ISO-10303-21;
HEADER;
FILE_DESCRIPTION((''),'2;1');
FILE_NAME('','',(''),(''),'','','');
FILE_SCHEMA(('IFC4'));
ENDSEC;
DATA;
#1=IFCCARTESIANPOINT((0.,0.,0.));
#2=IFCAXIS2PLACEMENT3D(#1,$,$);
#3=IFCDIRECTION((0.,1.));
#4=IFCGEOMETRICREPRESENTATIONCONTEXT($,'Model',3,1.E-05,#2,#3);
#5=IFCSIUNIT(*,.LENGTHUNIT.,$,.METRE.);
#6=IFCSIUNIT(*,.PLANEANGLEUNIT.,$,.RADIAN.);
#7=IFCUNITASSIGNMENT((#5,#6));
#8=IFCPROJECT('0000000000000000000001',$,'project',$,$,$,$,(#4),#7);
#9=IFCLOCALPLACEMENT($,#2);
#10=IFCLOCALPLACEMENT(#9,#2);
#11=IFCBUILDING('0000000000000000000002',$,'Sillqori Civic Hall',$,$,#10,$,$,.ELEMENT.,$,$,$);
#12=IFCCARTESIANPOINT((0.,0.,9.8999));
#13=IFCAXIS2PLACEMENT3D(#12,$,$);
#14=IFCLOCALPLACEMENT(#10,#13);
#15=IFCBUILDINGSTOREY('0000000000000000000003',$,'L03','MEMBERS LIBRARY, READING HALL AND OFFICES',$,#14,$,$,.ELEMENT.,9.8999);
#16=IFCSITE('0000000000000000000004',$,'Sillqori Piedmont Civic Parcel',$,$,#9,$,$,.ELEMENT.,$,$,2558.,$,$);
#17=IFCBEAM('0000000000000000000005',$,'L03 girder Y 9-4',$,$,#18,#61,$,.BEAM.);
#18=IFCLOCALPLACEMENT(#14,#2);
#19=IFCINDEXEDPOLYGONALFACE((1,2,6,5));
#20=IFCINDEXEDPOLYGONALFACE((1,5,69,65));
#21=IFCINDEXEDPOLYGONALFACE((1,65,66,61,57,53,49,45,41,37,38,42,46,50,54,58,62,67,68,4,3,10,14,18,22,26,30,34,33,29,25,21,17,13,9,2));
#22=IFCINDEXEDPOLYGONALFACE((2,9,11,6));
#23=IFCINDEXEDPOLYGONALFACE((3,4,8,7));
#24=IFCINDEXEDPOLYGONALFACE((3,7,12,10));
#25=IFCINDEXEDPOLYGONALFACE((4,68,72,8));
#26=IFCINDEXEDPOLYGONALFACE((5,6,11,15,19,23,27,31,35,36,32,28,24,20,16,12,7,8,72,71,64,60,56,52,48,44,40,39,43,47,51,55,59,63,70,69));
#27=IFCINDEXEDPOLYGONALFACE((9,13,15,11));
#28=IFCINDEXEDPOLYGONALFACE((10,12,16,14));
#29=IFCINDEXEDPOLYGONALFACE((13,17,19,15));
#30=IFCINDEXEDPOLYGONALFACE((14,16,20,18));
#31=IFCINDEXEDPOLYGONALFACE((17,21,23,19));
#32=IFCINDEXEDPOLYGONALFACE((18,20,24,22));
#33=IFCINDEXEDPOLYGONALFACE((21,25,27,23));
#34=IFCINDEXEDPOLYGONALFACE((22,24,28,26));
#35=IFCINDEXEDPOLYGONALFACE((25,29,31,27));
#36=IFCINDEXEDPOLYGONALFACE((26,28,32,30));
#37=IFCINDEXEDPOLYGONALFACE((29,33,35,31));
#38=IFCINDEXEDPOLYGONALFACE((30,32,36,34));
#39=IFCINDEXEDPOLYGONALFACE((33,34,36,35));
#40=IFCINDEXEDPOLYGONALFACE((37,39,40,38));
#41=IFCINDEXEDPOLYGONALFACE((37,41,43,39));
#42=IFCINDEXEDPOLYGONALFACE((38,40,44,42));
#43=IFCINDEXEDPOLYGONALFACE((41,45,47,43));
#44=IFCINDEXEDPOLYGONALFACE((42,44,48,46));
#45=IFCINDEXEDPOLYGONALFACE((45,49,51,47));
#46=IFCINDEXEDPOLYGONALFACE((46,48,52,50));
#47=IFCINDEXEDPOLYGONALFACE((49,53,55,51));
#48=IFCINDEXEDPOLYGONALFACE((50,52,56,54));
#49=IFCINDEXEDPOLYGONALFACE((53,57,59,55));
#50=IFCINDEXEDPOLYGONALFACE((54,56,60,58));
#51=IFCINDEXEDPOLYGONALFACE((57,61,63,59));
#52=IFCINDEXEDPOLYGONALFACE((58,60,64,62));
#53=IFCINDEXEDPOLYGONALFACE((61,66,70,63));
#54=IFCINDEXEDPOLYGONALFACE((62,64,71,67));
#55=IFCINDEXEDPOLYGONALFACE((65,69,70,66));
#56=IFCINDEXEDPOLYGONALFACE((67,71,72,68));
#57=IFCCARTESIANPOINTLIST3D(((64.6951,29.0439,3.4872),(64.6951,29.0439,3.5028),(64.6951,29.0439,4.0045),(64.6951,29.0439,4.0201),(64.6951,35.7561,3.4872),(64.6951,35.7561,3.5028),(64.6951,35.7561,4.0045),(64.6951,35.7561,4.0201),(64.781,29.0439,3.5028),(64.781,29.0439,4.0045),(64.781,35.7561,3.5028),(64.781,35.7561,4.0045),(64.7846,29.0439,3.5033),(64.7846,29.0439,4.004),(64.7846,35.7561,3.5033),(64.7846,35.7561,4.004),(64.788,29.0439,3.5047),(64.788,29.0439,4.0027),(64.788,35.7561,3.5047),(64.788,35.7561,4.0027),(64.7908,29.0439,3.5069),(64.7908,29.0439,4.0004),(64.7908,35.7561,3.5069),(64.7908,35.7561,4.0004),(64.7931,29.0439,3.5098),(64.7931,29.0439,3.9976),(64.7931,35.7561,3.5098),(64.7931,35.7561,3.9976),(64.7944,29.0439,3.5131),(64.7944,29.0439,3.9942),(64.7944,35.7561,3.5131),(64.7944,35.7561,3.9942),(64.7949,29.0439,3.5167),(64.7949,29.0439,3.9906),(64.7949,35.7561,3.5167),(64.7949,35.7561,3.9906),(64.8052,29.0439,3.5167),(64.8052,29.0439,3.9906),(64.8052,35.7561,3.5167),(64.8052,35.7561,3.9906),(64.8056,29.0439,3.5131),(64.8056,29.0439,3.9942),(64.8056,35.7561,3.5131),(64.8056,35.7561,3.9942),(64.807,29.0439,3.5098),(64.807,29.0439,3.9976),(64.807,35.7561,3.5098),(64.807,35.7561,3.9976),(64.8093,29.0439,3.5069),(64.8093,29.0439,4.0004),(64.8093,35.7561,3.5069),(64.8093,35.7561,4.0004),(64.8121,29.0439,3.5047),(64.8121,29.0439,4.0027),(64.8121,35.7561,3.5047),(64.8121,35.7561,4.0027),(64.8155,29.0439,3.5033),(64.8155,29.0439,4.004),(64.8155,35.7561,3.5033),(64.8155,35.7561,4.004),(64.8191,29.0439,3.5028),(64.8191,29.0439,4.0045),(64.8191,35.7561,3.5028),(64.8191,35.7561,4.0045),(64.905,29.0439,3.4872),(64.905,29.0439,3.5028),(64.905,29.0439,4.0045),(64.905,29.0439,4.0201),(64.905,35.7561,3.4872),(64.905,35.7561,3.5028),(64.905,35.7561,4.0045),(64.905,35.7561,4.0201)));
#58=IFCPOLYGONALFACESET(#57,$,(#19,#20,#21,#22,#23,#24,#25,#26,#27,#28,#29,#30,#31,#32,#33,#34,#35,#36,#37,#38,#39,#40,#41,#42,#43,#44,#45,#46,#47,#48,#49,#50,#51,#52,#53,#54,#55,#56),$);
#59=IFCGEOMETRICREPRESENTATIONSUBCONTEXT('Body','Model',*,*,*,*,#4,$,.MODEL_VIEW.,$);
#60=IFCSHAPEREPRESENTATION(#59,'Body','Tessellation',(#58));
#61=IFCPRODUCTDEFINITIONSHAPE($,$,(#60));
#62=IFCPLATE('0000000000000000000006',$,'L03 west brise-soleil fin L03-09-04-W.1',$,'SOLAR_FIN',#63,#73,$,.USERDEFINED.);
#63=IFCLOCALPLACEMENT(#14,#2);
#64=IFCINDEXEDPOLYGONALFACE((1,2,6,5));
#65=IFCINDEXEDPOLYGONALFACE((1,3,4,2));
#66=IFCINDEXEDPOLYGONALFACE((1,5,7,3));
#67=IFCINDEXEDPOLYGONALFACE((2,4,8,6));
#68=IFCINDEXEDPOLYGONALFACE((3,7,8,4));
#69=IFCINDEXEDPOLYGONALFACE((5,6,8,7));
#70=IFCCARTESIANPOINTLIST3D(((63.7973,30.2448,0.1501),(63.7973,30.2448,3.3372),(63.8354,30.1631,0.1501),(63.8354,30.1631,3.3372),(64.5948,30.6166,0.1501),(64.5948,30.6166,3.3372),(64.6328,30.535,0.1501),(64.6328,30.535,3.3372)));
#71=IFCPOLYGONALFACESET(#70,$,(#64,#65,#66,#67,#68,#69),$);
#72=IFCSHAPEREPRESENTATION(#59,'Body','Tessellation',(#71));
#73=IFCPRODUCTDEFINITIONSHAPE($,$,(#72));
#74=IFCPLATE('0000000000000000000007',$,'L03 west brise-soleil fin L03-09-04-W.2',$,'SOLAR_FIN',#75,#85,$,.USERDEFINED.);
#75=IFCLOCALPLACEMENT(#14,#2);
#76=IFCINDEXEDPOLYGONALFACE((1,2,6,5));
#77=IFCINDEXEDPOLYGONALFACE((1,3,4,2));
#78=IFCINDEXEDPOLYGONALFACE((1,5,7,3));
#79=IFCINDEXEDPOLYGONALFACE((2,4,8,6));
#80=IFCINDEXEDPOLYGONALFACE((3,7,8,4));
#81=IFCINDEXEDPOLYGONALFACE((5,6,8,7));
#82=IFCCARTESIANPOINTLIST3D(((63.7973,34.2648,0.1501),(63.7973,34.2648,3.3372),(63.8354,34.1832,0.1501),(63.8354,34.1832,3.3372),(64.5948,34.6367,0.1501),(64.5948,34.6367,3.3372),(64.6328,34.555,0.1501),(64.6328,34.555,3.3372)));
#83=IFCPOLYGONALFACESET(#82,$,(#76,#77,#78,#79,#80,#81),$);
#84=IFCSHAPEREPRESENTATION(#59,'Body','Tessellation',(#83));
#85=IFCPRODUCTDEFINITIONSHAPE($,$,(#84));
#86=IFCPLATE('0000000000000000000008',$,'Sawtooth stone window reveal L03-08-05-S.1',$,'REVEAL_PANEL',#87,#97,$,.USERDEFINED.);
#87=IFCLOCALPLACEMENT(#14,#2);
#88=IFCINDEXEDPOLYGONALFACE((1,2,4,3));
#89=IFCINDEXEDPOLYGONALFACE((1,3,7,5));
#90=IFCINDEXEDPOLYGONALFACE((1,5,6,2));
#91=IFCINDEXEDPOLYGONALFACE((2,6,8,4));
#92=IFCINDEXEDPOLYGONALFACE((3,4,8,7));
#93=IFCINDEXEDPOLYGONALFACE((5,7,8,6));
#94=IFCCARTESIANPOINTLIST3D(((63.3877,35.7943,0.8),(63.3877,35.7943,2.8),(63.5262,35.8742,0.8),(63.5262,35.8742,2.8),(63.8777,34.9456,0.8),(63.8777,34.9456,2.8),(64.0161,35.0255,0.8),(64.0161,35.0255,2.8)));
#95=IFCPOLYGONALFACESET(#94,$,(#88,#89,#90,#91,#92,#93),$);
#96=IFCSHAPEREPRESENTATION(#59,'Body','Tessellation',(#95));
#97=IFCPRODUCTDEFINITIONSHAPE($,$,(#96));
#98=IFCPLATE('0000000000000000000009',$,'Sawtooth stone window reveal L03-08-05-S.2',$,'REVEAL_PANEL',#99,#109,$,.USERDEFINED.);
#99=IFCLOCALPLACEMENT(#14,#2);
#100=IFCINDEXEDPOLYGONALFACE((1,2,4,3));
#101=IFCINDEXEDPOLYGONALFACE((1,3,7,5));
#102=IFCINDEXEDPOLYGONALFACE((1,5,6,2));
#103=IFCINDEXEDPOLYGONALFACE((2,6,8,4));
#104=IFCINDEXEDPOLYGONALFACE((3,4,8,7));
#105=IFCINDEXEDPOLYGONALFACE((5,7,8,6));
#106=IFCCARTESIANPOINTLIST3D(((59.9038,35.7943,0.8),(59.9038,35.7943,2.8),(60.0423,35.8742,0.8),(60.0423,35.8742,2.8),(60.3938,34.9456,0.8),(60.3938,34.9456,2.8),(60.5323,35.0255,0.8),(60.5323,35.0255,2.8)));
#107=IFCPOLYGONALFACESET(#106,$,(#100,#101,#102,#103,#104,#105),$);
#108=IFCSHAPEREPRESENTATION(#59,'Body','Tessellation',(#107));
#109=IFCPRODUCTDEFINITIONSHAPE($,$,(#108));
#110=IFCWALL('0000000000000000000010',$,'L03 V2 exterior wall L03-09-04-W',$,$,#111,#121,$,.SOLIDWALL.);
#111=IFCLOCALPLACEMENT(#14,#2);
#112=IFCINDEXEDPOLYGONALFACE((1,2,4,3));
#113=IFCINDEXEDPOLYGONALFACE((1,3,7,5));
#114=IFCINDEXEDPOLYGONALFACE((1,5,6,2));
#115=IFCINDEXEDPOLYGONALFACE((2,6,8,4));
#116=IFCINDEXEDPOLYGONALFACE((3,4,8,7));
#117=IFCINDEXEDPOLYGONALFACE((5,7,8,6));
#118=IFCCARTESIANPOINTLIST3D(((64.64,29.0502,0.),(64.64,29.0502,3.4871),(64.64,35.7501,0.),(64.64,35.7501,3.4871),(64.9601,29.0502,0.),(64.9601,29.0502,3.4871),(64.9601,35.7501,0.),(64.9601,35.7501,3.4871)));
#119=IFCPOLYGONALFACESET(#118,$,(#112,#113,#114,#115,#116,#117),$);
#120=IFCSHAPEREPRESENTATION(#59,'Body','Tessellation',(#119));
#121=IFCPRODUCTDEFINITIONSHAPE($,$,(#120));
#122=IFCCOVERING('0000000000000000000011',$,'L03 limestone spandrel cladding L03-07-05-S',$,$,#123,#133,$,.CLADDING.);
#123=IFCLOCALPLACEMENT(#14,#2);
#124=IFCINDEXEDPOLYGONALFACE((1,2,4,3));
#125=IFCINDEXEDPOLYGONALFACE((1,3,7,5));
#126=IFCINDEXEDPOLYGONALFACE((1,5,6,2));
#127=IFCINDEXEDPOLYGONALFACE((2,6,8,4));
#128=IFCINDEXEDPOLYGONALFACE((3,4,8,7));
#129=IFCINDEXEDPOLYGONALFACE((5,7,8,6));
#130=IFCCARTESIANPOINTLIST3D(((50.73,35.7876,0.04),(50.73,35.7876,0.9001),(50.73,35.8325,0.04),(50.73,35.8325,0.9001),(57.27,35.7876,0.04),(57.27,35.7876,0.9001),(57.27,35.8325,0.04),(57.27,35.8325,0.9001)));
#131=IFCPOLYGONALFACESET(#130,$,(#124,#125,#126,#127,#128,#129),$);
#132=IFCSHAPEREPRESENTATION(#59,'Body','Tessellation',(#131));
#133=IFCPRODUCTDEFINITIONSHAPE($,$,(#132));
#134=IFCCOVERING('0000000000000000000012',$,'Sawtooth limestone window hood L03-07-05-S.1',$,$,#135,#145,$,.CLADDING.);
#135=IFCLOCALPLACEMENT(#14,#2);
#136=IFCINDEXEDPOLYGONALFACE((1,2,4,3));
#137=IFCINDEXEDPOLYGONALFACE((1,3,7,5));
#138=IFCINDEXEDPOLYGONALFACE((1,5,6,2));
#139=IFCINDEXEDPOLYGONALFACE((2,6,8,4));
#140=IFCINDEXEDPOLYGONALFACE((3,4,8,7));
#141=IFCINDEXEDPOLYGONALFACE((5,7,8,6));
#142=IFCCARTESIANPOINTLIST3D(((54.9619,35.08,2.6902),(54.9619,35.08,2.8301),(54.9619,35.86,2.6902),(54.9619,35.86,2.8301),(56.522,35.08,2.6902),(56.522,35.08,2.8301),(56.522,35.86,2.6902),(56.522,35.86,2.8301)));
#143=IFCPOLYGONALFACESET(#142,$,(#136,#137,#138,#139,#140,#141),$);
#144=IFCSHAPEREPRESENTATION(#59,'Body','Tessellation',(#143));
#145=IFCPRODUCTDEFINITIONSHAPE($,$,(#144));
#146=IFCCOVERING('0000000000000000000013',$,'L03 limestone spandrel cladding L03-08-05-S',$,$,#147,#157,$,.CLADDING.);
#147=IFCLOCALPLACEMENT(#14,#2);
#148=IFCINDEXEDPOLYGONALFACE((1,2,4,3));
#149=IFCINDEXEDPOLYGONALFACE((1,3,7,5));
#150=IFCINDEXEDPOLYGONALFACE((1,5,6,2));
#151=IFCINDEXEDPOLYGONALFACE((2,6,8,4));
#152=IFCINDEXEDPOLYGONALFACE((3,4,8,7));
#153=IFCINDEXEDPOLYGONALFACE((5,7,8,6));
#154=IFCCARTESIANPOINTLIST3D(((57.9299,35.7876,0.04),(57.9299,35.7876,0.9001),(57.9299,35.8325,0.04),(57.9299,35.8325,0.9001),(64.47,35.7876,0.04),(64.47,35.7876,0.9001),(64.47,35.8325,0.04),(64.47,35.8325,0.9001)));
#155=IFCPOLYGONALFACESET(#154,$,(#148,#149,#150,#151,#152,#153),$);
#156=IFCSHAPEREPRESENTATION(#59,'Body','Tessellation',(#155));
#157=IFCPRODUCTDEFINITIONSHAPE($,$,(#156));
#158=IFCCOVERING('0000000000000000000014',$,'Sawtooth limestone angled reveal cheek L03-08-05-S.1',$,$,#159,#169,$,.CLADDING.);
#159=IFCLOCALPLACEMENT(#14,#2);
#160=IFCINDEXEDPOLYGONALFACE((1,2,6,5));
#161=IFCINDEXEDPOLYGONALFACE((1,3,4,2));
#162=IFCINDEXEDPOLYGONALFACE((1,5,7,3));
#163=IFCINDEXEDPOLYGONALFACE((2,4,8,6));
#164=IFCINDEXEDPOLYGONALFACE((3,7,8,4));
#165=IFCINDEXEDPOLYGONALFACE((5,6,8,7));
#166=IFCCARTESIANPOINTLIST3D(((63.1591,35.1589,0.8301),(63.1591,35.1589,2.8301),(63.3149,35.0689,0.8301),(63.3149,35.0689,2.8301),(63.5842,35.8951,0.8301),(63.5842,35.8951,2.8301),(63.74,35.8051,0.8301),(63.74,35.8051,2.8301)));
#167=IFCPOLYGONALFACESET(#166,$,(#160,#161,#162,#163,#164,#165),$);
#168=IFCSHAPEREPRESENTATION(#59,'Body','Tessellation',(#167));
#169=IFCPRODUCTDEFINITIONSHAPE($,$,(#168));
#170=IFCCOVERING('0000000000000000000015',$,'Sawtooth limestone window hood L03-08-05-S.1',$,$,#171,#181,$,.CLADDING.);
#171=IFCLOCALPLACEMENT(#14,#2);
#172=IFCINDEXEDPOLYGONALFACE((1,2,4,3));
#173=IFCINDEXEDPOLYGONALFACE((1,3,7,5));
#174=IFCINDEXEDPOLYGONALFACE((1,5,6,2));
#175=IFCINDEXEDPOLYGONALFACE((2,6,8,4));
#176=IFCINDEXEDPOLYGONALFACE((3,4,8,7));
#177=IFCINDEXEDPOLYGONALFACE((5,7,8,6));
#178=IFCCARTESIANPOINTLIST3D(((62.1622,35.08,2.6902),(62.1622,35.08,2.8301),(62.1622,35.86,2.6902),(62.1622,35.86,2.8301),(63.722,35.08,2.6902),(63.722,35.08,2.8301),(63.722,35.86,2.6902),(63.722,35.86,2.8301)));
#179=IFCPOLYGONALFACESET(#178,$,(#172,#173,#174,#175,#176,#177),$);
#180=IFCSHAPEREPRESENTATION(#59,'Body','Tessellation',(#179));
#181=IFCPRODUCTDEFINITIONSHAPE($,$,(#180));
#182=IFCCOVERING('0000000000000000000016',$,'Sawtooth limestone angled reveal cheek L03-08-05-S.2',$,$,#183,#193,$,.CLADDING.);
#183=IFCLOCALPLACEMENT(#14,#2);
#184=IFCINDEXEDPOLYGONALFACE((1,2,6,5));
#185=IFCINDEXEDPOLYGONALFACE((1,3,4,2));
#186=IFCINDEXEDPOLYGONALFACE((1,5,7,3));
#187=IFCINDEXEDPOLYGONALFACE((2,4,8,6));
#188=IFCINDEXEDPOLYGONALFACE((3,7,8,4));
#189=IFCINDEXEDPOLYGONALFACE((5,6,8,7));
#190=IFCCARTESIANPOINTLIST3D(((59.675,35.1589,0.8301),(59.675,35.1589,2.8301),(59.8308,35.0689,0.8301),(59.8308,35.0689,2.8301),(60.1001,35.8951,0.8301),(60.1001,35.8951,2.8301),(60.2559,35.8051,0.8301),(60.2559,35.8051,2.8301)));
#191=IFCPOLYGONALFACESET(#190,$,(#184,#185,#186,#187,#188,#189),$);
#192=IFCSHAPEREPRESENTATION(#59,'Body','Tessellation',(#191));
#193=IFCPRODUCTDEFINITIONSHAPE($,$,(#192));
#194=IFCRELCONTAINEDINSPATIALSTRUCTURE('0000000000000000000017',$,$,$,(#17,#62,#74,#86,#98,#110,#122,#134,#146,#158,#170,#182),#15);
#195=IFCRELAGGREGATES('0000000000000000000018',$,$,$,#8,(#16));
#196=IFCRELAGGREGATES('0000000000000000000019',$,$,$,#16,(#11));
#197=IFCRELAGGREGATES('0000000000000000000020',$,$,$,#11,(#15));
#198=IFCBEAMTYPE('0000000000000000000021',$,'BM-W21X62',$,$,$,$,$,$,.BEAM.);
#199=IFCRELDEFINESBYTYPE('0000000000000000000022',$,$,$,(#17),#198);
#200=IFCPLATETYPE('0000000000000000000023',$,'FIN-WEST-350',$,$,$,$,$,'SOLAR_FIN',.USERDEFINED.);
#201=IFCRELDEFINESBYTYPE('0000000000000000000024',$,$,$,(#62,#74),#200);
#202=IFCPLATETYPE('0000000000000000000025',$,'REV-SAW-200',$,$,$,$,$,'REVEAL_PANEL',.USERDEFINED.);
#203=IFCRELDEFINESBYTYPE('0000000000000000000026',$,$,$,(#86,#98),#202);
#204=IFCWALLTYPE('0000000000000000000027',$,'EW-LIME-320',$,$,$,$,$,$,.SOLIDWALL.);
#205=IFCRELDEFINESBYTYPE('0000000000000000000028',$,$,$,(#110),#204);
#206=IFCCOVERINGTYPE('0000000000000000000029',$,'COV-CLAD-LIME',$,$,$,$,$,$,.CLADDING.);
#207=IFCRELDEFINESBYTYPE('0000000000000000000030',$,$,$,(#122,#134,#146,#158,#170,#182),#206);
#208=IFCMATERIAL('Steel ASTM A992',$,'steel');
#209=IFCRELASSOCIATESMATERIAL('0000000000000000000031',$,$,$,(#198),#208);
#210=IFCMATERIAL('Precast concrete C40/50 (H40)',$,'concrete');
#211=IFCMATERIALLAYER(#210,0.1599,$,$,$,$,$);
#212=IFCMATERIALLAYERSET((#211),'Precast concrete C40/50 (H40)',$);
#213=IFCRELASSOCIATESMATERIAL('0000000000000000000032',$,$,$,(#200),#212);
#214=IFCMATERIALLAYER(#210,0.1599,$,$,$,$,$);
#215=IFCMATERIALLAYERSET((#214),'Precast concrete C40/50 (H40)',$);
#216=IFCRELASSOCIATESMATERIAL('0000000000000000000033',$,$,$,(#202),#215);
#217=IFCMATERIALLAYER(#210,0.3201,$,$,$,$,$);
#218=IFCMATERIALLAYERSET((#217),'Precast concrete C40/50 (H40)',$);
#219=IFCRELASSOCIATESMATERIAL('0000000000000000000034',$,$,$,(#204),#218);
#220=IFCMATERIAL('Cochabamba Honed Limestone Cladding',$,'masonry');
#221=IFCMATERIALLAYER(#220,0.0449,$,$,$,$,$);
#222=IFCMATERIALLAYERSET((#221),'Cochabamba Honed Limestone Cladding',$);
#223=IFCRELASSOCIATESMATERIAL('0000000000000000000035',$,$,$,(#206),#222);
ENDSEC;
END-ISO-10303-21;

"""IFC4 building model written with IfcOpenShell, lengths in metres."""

from ifc_helpers import new_model, si_unit, direction, frame, frame_2d, origin, origin_2d, place, context, subcontext, project, spatial, rectangle, i_section, extrude, material, layer, layer_set, material_profile, profile_set, type_object, element, save


model = new_model("IFC4")

# Units and contexts
model_context = context("Model", 3, precision=1e-05, world=origin(), true_north=direction((0.0, 1.0)))
body_context = subcontext(model_context, "Body", "Model", "MODEL_VIEW")
ifc_project = project(units=[si_unit("LENGTHUNIT", "METRE"), si_unit("PLANEANGLEUNIT", "RADIAN")], contexts=[model_context])

# Site, building, storey
site_placement = place(None, origin())
site = spatial("IfcSite", under=ifc_project, at=site_placement, Name="Sillqori Piedmont Civic Parcel", CompositionType="ELEMENT", RefElevation=2558.0)
building_placement = place(site_placement, origin())
building = spatial("IfcBuilding", under=site, at=building_placement, Name="Sillqori Civic Hall", CompositionType="ELEMENT")
storey_placement = place(building_placement, frame((0.0, 0.0, 9.8999)))
storey = spatial("IfcBuildingStorey", under=building, at=storey_placement, Name="L03", Description="MEMBERS LIBRARY, READING HALL AND OFFICES", CompositionType="ELEMENT", Elevation=9.8999)

# Beam
ifc_material_1 = material(Name="Steel ASTM A992", Category="steel")
ifc_material_profile = material_profile(ifc_material_1, i_section(OverallWidth=0.21, OverallDepth=0.533, WebThickness=0.0103, FlangeThickness=0.0156, FilletRadius=0.0139, at=origin_2d()), Name="W21X62")
ifc_profile_set = profile_set([ifc_material_profile], Name="Steel ASTM A992")
beam_type = type_object("IfcBeamType", Name="BM-W21X62", PredefinedType="BEAM", material=ifc_profile_set)
beam_placement = place(storey_placement, frame((64.8, 29.0439, 3.7537), z_axis=(0.0, 1.0, 0.0), x_axis=(-1.0, 0.0, 0.0)))
element("IfcBeam", 1, at=beam_placement, inside=storey, type_object=beam_type, Name="L03 girder Y 9-4", PredefinedType="BEAM", context=body_context, shape_type="SweptSolid", body=[
    extrude(i_section(OverallWidth=0.21, OverallDepth=0.533, WebThickness=0.0103, FlangeThickness=0.0156, FilletRadius=0.0139, at=origin_2d()), origin(), (0.0, 0.0, 1.0), 6.7122),
])

# Plates
ifc_material_2 = material(Name="Precast concrete C40/50 (H40)", Category="concrete")
ifc_layer_1 = layer(ifc_material_2, 0.1599)
ifc_layer_set_1 = layer_set([ifc_layer_1], Name="Precast concrete C40/50 (H40)")
plate_type_1 = type_object("IfcPlateType", Name="FIN-WEST-350", ElementType="SOLAR_FIN", PredefinedType="USERDEFINED", material=ifc_layer_set_1)
for number, where, z_axis, x_axis, name in (
    (2, (64.2151, 30.3899, 0.1501), (0.0, 0.0, 1.0), (-0.422618, 0.906308, 0.0), "L03 west brise-soleil fin L03-09-04-W.1"),
    (3, (64.2151, 34.4099, 0.1501), (0.0, 0.0, 1.0), (-0.422618, 0.906308, 0.0), "L03 west brise-soleil fin L03-09-04-W.2"),
):
    element("IfcPlate", number, at=place(storey_placement, frame(where, z_axis=z_axis, x_axis=x_axis)), inside=storey, type_object=plate_type_1, Name=name, ObjectType="SOLAR_FIN", PredefinedType="USERDEFINED", context=body_context, shape_type="SweptSolid", body=[
        extrude(rectangle(XDim=0.0901, YDim=0.8799, at=origin_2d()), origin(), (0.0, 0.0, 1.0), 3.187),
    ])
ifc_layer_2 = layer(ifc_material_2, 0.1599)
ifc_layer_set_2 = layer_set([ifc_layer_2], Name="Precast concrete C40/50 (H40)")
plate_type_2 = type_object("IfcPlateType", Name="REV-SAW-200", ElementType="REVEAL_PANEL", PredefinedType="USERDEFINED", material=ifc_layer_set_2)
for number, where, z_axis, x_axis, name in (
    (4, (63.7019, 35.4099, 0.8), (0.0, 0.0, 1.0), (-0.866025, -0.5, 0.0), "Sawtooth stone window reveal L03-08-05-S.1"),
    (5, (60.218, 35.4099, 0.8), (0.0, 0.0, 1.0), (-0.866025, -0.5, 0.0), "Sawtooth stone window reveal L03-08-05-S.2"),
):
    element("IfcPlate", number, at=place(storey_placement, frame(where, z_axis=z_axis, x_axis=x_axis)), inside=storey, type_object=plate_type_2, Name=name, ObjectType="REVEAL_PANEL", PredefinedType="USERDEFINED", context=body_context, shape_type="SweptSolid", body=[
        extrude(rectangle(XDim=0.1599, YDim=0.98, at=origin_2d()), origin(), (0.0, 0.0, 1.0), 2.0),
    ])

# Wall
ifc_layer_3 = layer(ifc_material_2, 0.3201)
ifc_layer_set_3 = layer_set([ifc_layer_3], Name="Precast concrete C40/50 (H40)")
wall_type = type_object("IfcWallType", Name="EW-LIME-320", PredefinedType="SOLIDWALL", material=ifc_layer_set_3)
wall_placement = place(storey_placement, frame((64.8, 29.05, 0.0), z_axis=(0.0, 0.0, 1.0), x_axis=(0.0, 1.0, 0.0)))
element("IfcWall", 6, at=wall_placement, inside=storey, type_object=wall_type, Name="L03 V2 exterior wall L03-09-04-W", PredefinedType="SOLIDWALL", context=body_context, shape_type="SweptSolid", body=[
    extrude(rectangle(XDim=6.7, YDim=0.3201, at=frame_2d((3.3501, 0.0))), origin(), (0.0, 0.0, 1.0), 3.4871),
])

# Coverings
ifc_material_3 = material(Name="Cochabamba Honed Limestone Cladding", Category="masonry")
ifc_layer_4 = layer(ifc_material_3, 0.0449)
ifc_layer_set_4 = layer_set([ifc_layer_4], Name="Cochabamba Honed Limestone Cladding")
covering_type = type_object("IfcCoveringType", Name="COV-CLAD-LIME", PredefinedType="CLADDING", material=ifc_layer_set_4)
covering_1_placement = place(storey_placement, frame((57.27, 35.8101, 0.04), z_axis=(0.0, 0.0, 1.0), x_axis=(-1.0, 0.0, 0.0)))
element("IfcCovering", 7, at=covering_1_placement, inside=storey, type_object=covering_type, Name="L03 limestone spandrel cladding L03-07-05-S", PredefinedType="CLADDING", context=body_context, shape_type="SweptSolid", body=[
    extrude(rectangle(XDim=6.54, YDim=0.0449, at=frame_2d((3.27, 0.0))), origin(), (0.0, 0.0, 1.0), 0.8601),
])
covering_2_placement = place(storey_placement, frame((56.522, 35.47, 2.6902), z_axis=(0.0, 0.0, 1.0), x_axis=(-1.0, 0.0, 0.0)))
element("IfcCovering", 8, at=covering_2_placement, inside=storey, type_object=covering_type, Name="Sawtooth limestone window hood L03-07-05-S.1", PredefinedType="CLADDING", context=body_context, shape_type="SweptSolid", body=[
    extrude(rectangle(XDim=1.5601, YDim=0.78, at=frame_2d((0.78, 0.0))), origin(), (0.0, 0.0, 1.0), 0.1399),
])
covering_3_placement = place(storey_placement, frame((64.47, 35.8101, 0.04), z_axis=(0.0, 0.0, 1.0), x_axis=(-1.0, 0.0, 0.0)))
element("IfcCovering", 9, at=covering_3_placement, inside=storey, type_object=covering_type, Name="L03 limestone spandrel cladding L03-08-05-S", PredefinedType="CLADDING", context=body_context, shape_type="SweptSolid", body=[
    extrude(rectangle(XDim=6.54, YDim=0.0449, at=frame_2d((3.27, 0.0))), origin(), (0.0, 0.0, 1.0), 0.8601),
])
covering_4_placement = place(storey_placement, frame((63.6621, 35.8501, 0.8301), z_axis=(0.0, 0.0, 1.0), x_axis=(-0.500062, -0.865989, 0.0)))
element("IfcCovering", 10, at=covering_4_placement, inside=storey, type_object=covering_type, Name="Sawtooth limestone angled reveal cheek L03-08-05-S.1", PredefinedType="CLADDING", context=body_context, shape_type="SweptSolid", body=[
    extrude(rectangle(XDim=0.8501, YDim=0.1799, at=frame_2d((0.425, 0.0))), origin(), (0.0, 0.0, 1.0), 2.0),
])
covering_5_placement = place(storey_placement, frame((63.7219, 35.47, 2.6902), z_axis=(0.0, 0.0, 1.0), x_axis=(-1.0, 0.0, 0.0)))
element("IfcCovering", 11, at=covering_5_placement, inside=storey, type_object=covering_type, Name="Sawtooth limestone window hood L03-08-05-S.1", PredefinedType="CLADDING", context=body_context, shape_type="SweptSolid", body=[
    extrude(rectangle(XDim=1.5598, YDim=0.78, at=frame_2d((0.7798, 0.0))), origin(), (0.0, 0.0, 1.0), 0.1399),
])
covering_6_placement = place(storey_placement, frame((60.178, 35.8501, 0.8301), z_axis=(0.0, 0.0, 1.0), x_axis=(-0.500062, -0.865989, 0.0)))
element("IfcCovering", 12, at=covering_6_placement, inside=storey, type_object=covering_type, Name="Sawtooth limestone angled reveal cheek L03-08-05-S.2", PredefinedType="CLADDING", context=body_context, shape_type="SweptSolid", body=[
    extrude(rectangle(XDim=0.8501, YDim=0.1799, at=frame_2d((0.425, 0.0))), origin(), (0.0, 0.0, 1.0), 2.0),
])

save(model, "model.ifc")
